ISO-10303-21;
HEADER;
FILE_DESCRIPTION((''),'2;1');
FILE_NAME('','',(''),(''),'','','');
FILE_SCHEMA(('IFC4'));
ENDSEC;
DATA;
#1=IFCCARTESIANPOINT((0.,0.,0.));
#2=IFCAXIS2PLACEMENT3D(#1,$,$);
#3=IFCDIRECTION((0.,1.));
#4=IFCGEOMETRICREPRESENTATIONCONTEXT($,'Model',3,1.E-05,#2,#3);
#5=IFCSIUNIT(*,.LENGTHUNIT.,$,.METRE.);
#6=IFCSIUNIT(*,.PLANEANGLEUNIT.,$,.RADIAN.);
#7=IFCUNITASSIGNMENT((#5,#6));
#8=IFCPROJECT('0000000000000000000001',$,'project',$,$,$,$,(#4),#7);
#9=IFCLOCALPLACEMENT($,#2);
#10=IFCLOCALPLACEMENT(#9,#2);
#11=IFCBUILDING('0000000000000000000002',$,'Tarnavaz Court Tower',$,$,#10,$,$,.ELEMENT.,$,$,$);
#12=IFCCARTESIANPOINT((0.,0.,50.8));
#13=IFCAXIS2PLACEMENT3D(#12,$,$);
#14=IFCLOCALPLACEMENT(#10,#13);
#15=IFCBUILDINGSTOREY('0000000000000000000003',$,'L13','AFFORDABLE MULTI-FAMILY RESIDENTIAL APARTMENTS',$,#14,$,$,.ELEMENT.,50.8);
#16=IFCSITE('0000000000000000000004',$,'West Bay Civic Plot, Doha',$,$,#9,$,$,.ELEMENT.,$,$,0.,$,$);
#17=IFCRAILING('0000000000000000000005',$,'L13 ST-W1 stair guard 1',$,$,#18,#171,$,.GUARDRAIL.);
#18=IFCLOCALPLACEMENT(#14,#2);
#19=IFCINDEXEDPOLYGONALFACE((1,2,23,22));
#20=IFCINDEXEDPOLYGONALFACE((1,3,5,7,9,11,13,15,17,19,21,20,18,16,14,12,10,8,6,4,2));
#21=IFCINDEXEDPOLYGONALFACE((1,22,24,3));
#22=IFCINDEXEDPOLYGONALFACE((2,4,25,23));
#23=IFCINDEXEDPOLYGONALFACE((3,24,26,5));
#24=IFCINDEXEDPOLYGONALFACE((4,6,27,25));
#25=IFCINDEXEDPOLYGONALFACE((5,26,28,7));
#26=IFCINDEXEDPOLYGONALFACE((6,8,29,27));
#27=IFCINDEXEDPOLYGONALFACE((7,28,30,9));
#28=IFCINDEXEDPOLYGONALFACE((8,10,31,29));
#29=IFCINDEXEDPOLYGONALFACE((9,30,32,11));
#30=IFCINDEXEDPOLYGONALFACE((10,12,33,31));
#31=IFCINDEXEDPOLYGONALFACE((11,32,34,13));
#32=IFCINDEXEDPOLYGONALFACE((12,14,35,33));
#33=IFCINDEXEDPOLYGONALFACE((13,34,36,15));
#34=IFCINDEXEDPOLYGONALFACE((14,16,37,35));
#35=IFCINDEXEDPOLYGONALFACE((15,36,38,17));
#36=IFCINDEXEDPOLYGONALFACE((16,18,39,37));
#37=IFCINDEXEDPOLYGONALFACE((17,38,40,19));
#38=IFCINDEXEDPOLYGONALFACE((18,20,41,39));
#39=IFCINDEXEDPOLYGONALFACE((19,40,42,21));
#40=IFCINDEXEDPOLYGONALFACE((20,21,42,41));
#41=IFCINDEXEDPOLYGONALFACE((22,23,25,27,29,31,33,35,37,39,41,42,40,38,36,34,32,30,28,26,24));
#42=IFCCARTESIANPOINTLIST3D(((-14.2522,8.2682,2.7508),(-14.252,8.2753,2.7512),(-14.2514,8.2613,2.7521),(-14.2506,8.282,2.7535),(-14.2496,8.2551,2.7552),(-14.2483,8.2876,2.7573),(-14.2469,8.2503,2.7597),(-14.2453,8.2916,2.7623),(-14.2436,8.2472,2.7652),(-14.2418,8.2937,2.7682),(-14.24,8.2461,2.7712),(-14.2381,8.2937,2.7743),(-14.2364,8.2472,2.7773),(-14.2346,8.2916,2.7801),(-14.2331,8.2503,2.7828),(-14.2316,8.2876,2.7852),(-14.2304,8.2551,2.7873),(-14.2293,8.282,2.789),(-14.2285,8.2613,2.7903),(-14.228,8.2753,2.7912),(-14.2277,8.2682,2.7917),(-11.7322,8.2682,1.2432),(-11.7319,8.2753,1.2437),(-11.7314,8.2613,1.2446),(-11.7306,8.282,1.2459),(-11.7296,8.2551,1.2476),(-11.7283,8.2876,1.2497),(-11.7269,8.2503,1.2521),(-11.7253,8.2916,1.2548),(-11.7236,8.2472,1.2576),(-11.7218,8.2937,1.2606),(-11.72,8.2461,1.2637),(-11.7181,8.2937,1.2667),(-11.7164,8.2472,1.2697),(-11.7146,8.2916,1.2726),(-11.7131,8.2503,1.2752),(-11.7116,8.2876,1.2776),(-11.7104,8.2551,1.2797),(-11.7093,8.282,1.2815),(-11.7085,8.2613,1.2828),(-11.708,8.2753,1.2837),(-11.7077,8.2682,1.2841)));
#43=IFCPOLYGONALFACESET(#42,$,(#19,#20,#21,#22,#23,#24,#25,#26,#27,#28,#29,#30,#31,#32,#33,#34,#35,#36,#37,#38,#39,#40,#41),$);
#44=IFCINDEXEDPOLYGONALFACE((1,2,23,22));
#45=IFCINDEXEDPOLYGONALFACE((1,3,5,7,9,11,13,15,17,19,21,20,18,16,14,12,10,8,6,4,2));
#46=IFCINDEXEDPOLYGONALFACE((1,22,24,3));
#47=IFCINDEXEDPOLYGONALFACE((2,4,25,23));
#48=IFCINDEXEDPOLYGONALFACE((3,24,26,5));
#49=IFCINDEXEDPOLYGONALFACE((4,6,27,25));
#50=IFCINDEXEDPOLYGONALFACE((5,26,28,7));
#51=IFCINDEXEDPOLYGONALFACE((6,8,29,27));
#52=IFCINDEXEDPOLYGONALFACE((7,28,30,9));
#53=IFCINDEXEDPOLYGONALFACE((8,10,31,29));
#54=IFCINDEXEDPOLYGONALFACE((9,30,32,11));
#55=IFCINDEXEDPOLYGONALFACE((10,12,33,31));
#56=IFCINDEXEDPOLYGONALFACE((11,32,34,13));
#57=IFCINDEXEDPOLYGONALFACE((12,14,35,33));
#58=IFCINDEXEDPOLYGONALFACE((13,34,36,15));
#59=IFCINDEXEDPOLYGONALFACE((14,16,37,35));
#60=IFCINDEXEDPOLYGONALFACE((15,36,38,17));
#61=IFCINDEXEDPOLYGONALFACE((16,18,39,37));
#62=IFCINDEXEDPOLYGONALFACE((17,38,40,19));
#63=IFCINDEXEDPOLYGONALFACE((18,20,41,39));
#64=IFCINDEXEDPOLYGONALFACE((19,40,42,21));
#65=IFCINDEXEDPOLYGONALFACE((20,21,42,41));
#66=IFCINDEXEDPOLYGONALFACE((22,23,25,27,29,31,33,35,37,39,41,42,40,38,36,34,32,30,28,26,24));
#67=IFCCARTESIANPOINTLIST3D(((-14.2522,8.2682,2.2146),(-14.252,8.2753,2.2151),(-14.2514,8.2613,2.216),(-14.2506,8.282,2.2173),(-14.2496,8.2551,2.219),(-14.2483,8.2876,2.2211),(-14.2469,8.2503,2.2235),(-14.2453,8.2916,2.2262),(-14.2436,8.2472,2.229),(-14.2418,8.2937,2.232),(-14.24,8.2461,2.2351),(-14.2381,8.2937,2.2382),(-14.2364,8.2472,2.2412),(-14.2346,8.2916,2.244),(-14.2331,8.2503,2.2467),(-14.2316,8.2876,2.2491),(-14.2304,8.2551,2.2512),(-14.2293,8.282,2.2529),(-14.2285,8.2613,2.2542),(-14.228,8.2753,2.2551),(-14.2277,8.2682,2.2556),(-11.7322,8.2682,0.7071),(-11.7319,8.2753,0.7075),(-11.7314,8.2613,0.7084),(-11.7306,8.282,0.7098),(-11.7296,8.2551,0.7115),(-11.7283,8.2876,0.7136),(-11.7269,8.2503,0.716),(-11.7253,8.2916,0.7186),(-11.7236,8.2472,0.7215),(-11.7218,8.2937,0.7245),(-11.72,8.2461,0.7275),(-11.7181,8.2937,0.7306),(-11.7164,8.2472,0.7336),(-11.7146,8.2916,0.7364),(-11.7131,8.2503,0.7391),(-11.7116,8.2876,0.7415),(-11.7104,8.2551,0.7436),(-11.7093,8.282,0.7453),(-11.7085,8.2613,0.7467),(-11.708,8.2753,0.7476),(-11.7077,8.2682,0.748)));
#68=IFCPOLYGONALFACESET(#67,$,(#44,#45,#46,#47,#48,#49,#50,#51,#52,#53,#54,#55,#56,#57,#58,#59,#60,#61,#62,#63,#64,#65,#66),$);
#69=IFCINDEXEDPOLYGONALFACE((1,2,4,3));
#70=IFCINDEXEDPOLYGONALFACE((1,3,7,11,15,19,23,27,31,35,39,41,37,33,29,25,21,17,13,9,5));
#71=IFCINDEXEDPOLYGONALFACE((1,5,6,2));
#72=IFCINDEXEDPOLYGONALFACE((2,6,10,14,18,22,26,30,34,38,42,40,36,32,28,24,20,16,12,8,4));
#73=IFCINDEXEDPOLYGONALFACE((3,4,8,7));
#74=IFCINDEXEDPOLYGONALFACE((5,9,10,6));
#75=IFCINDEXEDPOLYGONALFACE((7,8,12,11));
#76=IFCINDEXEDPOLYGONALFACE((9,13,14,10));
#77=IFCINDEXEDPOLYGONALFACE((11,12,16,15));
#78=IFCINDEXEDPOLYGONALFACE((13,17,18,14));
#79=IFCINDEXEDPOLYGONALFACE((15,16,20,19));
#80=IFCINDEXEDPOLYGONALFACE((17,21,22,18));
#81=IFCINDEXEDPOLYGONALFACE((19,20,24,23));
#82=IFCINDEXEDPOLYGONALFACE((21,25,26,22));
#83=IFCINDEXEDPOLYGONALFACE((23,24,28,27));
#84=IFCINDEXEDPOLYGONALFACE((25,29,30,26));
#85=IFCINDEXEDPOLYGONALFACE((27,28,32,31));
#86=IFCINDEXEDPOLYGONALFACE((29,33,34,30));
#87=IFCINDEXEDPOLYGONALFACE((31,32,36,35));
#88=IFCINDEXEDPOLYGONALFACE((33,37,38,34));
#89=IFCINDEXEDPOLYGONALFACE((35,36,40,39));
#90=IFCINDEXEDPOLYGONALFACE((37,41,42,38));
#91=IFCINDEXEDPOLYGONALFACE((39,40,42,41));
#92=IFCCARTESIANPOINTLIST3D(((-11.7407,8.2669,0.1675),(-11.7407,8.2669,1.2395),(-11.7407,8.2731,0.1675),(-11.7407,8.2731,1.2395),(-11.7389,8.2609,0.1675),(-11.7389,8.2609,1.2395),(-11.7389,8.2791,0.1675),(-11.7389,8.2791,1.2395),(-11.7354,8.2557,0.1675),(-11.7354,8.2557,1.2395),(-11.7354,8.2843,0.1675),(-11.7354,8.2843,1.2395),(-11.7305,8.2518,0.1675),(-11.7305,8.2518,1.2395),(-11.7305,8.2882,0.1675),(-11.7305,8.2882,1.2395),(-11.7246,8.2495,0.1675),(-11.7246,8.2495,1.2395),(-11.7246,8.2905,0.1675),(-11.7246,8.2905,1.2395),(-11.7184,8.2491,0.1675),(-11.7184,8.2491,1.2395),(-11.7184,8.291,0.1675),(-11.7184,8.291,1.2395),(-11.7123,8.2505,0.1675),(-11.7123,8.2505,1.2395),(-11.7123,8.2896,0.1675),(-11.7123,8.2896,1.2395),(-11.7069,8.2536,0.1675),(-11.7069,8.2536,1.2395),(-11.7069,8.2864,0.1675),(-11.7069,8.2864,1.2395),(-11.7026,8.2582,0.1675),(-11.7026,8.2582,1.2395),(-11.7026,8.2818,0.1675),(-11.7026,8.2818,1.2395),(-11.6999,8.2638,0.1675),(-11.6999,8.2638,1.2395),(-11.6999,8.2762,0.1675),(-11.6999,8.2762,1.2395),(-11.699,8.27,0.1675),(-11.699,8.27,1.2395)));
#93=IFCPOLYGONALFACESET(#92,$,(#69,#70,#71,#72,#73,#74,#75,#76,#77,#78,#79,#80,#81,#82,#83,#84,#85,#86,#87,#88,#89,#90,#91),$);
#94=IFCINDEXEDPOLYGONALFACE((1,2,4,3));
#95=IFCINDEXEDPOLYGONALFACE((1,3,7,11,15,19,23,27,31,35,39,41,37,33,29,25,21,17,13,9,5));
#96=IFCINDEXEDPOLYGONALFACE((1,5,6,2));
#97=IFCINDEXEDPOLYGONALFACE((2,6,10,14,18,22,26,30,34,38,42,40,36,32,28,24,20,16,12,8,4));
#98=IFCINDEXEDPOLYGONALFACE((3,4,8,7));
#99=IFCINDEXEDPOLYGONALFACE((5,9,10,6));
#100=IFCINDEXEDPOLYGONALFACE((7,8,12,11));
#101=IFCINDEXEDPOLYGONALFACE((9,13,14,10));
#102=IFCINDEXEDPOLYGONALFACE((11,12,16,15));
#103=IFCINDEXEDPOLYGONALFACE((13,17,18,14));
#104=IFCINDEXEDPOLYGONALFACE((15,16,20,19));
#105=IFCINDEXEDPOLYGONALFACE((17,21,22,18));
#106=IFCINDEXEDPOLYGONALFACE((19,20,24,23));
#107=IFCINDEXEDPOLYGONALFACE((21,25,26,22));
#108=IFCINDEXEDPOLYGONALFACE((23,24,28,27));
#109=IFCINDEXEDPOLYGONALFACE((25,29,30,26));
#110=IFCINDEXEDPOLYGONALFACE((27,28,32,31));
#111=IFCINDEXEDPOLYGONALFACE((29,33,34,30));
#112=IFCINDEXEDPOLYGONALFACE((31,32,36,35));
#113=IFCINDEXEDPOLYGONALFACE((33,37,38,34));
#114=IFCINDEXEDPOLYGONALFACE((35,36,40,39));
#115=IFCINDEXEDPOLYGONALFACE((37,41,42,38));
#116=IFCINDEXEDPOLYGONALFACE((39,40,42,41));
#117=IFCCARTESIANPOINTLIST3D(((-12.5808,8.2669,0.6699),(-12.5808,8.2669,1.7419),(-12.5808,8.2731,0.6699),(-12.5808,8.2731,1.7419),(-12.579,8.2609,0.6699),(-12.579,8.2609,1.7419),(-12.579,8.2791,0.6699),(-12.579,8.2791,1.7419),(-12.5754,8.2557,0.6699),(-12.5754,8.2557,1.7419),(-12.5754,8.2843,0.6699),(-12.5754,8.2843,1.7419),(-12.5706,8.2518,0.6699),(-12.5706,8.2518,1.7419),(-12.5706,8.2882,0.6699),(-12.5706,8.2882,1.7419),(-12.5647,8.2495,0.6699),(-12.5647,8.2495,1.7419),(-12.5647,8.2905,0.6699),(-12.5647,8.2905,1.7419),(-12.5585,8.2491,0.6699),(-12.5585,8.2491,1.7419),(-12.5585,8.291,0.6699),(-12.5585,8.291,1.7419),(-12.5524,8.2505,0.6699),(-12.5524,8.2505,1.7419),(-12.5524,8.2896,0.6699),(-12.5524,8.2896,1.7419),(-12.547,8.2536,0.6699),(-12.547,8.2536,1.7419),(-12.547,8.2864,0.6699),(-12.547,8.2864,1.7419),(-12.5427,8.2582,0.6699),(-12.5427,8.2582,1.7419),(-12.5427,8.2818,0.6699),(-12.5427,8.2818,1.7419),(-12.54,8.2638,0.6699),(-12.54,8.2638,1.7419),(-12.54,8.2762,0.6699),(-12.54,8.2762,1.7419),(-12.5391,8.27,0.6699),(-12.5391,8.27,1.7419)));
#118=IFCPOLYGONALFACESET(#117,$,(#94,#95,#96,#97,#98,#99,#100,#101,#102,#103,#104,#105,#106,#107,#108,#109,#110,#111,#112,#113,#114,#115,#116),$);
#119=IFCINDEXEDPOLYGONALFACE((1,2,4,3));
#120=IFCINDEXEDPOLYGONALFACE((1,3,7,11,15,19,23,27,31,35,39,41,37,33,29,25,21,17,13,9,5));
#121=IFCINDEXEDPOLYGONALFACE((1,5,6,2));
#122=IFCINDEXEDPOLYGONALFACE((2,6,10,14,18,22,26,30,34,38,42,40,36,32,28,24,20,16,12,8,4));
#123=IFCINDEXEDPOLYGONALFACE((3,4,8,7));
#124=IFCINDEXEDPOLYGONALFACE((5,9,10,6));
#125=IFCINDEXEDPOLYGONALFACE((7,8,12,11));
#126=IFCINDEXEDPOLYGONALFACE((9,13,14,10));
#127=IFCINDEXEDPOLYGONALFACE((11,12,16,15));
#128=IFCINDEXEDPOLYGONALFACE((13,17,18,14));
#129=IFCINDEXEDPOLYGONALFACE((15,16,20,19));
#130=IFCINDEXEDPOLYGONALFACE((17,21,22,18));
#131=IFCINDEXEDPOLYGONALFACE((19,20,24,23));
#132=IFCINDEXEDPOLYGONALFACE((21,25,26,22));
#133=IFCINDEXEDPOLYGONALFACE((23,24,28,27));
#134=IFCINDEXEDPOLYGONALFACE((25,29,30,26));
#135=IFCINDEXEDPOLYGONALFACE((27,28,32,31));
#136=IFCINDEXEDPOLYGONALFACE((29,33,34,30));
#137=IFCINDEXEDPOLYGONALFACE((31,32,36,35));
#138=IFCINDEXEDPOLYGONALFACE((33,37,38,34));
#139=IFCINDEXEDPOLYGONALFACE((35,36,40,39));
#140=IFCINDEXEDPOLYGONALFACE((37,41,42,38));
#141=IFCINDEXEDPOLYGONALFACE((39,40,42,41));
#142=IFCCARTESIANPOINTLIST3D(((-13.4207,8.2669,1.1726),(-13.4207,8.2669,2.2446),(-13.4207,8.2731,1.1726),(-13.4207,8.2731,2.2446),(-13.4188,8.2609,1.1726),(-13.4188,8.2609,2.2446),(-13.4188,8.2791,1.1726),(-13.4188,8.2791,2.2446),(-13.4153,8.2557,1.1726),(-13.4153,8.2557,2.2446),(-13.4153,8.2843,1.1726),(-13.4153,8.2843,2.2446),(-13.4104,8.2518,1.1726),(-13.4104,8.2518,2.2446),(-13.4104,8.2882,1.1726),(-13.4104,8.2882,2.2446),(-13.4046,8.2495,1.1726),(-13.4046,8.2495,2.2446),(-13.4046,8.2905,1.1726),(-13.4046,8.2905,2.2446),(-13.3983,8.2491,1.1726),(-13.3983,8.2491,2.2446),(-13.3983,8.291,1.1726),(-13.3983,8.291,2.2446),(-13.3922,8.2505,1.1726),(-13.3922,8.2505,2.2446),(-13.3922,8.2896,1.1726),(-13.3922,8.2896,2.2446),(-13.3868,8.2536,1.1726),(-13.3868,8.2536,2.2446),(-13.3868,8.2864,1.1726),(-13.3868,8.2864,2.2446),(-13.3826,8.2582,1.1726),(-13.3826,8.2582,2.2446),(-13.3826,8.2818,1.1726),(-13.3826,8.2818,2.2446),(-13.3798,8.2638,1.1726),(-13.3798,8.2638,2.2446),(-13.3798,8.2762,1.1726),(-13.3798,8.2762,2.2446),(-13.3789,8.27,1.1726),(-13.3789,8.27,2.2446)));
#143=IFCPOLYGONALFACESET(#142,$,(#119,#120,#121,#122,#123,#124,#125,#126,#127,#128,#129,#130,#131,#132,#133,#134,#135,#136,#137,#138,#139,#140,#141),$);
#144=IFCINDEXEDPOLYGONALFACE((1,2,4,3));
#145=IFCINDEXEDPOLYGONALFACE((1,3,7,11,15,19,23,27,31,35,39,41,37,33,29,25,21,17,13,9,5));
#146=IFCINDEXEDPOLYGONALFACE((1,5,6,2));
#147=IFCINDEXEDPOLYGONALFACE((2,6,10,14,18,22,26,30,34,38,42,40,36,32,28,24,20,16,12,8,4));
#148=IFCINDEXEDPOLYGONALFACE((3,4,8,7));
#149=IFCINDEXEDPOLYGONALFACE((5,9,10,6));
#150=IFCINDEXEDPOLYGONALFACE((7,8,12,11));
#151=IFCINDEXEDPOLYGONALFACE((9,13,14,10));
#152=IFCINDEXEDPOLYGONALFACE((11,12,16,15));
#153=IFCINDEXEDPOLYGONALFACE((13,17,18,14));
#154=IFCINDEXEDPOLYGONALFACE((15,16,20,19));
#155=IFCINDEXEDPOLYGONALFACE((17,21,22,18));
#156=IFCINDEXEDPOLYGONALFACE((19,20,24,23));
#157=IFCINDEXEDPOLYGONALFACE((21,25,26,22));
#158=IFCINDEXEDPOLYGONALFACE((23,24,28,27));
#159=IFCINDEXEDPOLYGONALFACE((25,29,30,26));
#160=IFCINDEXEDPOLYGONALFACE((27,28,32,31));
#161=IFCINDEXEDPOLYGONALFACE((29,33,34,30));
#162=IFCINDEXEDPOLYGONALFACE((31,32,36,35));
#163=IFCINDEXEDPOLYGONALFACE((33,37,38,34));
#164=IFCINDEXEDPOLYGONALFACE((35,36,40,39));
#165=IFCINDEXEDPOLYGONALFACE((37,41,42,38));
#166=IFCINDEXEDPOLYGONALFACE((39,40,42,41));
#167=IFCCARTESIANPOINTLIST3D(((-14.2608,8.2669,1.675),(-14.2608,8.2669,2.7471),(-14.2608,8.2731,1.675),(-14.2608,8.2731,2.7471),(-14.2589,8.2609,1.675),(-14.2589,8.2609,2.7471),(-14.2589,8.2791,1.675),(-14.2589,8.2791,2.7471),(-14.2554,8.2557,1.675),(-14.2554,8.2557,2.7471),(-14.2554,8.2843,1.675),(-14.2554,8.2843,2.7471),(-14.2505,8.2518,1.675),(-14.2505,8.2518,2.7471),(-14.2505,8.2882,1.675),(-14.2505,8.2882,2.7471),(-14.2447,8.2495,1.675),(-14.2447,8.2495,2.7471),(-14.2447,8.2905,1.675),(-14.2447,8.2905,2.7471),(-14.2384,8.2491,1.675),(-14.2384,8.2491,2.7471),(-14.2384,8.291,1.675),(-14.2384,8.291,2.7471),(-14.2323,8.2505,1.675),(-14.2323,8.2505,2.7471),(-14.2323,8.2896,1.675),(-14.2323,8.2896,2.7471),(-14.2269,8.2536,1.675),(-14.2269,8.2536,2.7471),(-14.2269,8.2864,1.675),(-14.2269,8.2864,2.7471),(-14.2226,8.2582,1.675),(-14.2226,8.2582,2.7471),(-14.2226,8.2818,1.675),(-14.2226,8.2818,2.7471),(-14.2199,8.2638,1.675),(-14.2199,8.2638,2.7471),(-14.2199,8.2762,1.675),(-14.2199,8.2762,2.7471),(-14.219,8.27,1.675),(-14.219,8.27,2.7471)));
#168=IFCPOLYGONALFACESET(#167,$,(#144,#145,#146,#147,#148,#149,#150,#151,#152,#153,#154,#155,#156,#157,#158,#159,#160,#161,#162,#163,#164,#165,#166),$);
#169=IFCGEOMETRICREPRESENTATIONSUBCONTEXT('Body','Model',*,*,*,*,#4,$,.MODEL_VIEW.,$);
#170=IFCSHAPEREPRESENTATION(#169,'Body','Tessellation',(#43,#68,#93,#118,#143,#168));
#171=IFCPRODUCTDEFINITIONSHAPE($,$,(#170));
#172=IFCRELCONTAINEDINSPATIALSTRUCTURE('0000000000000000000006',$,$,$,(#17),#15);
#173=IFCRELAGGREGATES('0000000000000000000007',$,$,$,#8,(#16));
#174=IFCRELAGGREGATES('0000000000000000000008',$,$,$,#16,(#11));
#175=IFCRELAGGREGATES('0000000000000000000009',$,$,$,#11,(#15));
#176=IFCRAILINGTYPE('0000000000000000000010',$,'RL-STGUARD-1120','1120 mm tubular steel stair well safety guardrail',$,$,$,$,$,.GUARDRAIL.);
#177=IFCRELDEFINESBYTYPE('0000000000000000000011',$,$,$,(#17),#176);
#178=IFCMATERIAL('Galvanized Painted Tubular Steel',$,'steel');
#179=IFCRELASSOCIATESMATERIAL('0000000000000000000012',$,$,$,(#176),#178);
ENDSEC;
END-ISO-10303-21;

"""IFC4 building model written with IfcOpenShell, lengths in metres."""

from ifc_helpers import new_model, si_unit, direction, frame, origin, origin_2d, place, context, subcontext, project, spatial, circle, extrude, material, type_object, element, save


model = new_model("IFC4")

# Units and contexts
model_context = context("Model", 3, precision=1e-05, world=origin(), true_north=direction((0.0, 1.0)))
body_context = subcontext(model_context, "Body", "Model", "MODEL_VIEW")
ifc_project = project(units=[si_unit("LENGTHUNIT", "METRE"), si_unit("PLANEANGLEUNIT", "RADIAN")], contexts=[model_context])

# Site, building, storey
site_placement = place(None, origin())
site = spatial("IfcSite", under=ifc_project, at=site_placement, Name="West Bay Civic Plot, Doha", CompositionType="ELEMENT", RefElevation=0.0)
building_placement = place(site_placement, origin())
building = spatial("IfcBuilding", under=site, at=building_placement, Name="Tarnavaz Court Tower", CompositionType="ELEMENT")
storey_placement = place(building_placement, frame((0.0, 0.0, 50.8)))
storey = spatial("IfcBuildingStorey", under=building, at=storey_placement, Name="L13", Description="AFFORDABLE MULTI-FAMILY RESIDENTIAL APARTMENTS", CompositionType="ELEMENT", Elevation=50.8)

# Railing
ifc_material_1 = material(Name="Galvanized Painted Tubular Steel", Category="steel")
railing_type_1 = type_object("IfcRailingType", Name="RL-STGUARD-1120", Description="1120 mm tubular steel stair well safety guardrail", PredefinedType="GUARDRAIL", material=ifc_material_1)
railing_1_placement = place(storey_placement, frame((-11.72, 8.27, 0.1675)))
element("IfcRailing", 1, at=railing_1_placement, inside=storey, type_object=railing_type_1, Name="L13 ST-W1 stair guard 1", PredefinedType="GUARDRAIL", context=body_context, shape_type="SweptSolid", body=[
    extrude(circle(Radius=0.0239, at=origin_2d()), frame((0.0, 0.0, 1.0962), z_axis=(-0.85816, 0.0, 0.513383), x_axis=(0.0, -1.0, 0.0)), (0.0, 0.0, 1.0), 2.9365),
    extrude(circle(Radius=0.0239, at=origin_2d()), frame((0.0, 0.0, 0.5601), z_axis=(-0.85816, 0.0, 0.513383), x_axis=(0.0, -1.0, 0.0)), (0.0, 0.0, 1.0), 2.9365),
    extrude(circle(Radius=0.021, at=origin_2d()), origin(), (0.0, 0.0, 1.0), 1.072),
    extrude(circle(Radius=0.021, at=origin_2d()), frame((-0.8401, 0.0, 0.5024)), (0.0, 0.0, 1.0), 1.072),
    extrude(circle(Radius=0.021, at=origin_2d()), frame((-1.6799, 0.0, 1.0051)), (0.0, 0.0, 1.0), 1.072),
    extrude(circle(Radius=0.021, at=origin_2d()), frame((-2.52, 0.0, 1.5076)), (0.0, 0.0, 1.0), 1.072),
])

save(model, "model.ifc")
